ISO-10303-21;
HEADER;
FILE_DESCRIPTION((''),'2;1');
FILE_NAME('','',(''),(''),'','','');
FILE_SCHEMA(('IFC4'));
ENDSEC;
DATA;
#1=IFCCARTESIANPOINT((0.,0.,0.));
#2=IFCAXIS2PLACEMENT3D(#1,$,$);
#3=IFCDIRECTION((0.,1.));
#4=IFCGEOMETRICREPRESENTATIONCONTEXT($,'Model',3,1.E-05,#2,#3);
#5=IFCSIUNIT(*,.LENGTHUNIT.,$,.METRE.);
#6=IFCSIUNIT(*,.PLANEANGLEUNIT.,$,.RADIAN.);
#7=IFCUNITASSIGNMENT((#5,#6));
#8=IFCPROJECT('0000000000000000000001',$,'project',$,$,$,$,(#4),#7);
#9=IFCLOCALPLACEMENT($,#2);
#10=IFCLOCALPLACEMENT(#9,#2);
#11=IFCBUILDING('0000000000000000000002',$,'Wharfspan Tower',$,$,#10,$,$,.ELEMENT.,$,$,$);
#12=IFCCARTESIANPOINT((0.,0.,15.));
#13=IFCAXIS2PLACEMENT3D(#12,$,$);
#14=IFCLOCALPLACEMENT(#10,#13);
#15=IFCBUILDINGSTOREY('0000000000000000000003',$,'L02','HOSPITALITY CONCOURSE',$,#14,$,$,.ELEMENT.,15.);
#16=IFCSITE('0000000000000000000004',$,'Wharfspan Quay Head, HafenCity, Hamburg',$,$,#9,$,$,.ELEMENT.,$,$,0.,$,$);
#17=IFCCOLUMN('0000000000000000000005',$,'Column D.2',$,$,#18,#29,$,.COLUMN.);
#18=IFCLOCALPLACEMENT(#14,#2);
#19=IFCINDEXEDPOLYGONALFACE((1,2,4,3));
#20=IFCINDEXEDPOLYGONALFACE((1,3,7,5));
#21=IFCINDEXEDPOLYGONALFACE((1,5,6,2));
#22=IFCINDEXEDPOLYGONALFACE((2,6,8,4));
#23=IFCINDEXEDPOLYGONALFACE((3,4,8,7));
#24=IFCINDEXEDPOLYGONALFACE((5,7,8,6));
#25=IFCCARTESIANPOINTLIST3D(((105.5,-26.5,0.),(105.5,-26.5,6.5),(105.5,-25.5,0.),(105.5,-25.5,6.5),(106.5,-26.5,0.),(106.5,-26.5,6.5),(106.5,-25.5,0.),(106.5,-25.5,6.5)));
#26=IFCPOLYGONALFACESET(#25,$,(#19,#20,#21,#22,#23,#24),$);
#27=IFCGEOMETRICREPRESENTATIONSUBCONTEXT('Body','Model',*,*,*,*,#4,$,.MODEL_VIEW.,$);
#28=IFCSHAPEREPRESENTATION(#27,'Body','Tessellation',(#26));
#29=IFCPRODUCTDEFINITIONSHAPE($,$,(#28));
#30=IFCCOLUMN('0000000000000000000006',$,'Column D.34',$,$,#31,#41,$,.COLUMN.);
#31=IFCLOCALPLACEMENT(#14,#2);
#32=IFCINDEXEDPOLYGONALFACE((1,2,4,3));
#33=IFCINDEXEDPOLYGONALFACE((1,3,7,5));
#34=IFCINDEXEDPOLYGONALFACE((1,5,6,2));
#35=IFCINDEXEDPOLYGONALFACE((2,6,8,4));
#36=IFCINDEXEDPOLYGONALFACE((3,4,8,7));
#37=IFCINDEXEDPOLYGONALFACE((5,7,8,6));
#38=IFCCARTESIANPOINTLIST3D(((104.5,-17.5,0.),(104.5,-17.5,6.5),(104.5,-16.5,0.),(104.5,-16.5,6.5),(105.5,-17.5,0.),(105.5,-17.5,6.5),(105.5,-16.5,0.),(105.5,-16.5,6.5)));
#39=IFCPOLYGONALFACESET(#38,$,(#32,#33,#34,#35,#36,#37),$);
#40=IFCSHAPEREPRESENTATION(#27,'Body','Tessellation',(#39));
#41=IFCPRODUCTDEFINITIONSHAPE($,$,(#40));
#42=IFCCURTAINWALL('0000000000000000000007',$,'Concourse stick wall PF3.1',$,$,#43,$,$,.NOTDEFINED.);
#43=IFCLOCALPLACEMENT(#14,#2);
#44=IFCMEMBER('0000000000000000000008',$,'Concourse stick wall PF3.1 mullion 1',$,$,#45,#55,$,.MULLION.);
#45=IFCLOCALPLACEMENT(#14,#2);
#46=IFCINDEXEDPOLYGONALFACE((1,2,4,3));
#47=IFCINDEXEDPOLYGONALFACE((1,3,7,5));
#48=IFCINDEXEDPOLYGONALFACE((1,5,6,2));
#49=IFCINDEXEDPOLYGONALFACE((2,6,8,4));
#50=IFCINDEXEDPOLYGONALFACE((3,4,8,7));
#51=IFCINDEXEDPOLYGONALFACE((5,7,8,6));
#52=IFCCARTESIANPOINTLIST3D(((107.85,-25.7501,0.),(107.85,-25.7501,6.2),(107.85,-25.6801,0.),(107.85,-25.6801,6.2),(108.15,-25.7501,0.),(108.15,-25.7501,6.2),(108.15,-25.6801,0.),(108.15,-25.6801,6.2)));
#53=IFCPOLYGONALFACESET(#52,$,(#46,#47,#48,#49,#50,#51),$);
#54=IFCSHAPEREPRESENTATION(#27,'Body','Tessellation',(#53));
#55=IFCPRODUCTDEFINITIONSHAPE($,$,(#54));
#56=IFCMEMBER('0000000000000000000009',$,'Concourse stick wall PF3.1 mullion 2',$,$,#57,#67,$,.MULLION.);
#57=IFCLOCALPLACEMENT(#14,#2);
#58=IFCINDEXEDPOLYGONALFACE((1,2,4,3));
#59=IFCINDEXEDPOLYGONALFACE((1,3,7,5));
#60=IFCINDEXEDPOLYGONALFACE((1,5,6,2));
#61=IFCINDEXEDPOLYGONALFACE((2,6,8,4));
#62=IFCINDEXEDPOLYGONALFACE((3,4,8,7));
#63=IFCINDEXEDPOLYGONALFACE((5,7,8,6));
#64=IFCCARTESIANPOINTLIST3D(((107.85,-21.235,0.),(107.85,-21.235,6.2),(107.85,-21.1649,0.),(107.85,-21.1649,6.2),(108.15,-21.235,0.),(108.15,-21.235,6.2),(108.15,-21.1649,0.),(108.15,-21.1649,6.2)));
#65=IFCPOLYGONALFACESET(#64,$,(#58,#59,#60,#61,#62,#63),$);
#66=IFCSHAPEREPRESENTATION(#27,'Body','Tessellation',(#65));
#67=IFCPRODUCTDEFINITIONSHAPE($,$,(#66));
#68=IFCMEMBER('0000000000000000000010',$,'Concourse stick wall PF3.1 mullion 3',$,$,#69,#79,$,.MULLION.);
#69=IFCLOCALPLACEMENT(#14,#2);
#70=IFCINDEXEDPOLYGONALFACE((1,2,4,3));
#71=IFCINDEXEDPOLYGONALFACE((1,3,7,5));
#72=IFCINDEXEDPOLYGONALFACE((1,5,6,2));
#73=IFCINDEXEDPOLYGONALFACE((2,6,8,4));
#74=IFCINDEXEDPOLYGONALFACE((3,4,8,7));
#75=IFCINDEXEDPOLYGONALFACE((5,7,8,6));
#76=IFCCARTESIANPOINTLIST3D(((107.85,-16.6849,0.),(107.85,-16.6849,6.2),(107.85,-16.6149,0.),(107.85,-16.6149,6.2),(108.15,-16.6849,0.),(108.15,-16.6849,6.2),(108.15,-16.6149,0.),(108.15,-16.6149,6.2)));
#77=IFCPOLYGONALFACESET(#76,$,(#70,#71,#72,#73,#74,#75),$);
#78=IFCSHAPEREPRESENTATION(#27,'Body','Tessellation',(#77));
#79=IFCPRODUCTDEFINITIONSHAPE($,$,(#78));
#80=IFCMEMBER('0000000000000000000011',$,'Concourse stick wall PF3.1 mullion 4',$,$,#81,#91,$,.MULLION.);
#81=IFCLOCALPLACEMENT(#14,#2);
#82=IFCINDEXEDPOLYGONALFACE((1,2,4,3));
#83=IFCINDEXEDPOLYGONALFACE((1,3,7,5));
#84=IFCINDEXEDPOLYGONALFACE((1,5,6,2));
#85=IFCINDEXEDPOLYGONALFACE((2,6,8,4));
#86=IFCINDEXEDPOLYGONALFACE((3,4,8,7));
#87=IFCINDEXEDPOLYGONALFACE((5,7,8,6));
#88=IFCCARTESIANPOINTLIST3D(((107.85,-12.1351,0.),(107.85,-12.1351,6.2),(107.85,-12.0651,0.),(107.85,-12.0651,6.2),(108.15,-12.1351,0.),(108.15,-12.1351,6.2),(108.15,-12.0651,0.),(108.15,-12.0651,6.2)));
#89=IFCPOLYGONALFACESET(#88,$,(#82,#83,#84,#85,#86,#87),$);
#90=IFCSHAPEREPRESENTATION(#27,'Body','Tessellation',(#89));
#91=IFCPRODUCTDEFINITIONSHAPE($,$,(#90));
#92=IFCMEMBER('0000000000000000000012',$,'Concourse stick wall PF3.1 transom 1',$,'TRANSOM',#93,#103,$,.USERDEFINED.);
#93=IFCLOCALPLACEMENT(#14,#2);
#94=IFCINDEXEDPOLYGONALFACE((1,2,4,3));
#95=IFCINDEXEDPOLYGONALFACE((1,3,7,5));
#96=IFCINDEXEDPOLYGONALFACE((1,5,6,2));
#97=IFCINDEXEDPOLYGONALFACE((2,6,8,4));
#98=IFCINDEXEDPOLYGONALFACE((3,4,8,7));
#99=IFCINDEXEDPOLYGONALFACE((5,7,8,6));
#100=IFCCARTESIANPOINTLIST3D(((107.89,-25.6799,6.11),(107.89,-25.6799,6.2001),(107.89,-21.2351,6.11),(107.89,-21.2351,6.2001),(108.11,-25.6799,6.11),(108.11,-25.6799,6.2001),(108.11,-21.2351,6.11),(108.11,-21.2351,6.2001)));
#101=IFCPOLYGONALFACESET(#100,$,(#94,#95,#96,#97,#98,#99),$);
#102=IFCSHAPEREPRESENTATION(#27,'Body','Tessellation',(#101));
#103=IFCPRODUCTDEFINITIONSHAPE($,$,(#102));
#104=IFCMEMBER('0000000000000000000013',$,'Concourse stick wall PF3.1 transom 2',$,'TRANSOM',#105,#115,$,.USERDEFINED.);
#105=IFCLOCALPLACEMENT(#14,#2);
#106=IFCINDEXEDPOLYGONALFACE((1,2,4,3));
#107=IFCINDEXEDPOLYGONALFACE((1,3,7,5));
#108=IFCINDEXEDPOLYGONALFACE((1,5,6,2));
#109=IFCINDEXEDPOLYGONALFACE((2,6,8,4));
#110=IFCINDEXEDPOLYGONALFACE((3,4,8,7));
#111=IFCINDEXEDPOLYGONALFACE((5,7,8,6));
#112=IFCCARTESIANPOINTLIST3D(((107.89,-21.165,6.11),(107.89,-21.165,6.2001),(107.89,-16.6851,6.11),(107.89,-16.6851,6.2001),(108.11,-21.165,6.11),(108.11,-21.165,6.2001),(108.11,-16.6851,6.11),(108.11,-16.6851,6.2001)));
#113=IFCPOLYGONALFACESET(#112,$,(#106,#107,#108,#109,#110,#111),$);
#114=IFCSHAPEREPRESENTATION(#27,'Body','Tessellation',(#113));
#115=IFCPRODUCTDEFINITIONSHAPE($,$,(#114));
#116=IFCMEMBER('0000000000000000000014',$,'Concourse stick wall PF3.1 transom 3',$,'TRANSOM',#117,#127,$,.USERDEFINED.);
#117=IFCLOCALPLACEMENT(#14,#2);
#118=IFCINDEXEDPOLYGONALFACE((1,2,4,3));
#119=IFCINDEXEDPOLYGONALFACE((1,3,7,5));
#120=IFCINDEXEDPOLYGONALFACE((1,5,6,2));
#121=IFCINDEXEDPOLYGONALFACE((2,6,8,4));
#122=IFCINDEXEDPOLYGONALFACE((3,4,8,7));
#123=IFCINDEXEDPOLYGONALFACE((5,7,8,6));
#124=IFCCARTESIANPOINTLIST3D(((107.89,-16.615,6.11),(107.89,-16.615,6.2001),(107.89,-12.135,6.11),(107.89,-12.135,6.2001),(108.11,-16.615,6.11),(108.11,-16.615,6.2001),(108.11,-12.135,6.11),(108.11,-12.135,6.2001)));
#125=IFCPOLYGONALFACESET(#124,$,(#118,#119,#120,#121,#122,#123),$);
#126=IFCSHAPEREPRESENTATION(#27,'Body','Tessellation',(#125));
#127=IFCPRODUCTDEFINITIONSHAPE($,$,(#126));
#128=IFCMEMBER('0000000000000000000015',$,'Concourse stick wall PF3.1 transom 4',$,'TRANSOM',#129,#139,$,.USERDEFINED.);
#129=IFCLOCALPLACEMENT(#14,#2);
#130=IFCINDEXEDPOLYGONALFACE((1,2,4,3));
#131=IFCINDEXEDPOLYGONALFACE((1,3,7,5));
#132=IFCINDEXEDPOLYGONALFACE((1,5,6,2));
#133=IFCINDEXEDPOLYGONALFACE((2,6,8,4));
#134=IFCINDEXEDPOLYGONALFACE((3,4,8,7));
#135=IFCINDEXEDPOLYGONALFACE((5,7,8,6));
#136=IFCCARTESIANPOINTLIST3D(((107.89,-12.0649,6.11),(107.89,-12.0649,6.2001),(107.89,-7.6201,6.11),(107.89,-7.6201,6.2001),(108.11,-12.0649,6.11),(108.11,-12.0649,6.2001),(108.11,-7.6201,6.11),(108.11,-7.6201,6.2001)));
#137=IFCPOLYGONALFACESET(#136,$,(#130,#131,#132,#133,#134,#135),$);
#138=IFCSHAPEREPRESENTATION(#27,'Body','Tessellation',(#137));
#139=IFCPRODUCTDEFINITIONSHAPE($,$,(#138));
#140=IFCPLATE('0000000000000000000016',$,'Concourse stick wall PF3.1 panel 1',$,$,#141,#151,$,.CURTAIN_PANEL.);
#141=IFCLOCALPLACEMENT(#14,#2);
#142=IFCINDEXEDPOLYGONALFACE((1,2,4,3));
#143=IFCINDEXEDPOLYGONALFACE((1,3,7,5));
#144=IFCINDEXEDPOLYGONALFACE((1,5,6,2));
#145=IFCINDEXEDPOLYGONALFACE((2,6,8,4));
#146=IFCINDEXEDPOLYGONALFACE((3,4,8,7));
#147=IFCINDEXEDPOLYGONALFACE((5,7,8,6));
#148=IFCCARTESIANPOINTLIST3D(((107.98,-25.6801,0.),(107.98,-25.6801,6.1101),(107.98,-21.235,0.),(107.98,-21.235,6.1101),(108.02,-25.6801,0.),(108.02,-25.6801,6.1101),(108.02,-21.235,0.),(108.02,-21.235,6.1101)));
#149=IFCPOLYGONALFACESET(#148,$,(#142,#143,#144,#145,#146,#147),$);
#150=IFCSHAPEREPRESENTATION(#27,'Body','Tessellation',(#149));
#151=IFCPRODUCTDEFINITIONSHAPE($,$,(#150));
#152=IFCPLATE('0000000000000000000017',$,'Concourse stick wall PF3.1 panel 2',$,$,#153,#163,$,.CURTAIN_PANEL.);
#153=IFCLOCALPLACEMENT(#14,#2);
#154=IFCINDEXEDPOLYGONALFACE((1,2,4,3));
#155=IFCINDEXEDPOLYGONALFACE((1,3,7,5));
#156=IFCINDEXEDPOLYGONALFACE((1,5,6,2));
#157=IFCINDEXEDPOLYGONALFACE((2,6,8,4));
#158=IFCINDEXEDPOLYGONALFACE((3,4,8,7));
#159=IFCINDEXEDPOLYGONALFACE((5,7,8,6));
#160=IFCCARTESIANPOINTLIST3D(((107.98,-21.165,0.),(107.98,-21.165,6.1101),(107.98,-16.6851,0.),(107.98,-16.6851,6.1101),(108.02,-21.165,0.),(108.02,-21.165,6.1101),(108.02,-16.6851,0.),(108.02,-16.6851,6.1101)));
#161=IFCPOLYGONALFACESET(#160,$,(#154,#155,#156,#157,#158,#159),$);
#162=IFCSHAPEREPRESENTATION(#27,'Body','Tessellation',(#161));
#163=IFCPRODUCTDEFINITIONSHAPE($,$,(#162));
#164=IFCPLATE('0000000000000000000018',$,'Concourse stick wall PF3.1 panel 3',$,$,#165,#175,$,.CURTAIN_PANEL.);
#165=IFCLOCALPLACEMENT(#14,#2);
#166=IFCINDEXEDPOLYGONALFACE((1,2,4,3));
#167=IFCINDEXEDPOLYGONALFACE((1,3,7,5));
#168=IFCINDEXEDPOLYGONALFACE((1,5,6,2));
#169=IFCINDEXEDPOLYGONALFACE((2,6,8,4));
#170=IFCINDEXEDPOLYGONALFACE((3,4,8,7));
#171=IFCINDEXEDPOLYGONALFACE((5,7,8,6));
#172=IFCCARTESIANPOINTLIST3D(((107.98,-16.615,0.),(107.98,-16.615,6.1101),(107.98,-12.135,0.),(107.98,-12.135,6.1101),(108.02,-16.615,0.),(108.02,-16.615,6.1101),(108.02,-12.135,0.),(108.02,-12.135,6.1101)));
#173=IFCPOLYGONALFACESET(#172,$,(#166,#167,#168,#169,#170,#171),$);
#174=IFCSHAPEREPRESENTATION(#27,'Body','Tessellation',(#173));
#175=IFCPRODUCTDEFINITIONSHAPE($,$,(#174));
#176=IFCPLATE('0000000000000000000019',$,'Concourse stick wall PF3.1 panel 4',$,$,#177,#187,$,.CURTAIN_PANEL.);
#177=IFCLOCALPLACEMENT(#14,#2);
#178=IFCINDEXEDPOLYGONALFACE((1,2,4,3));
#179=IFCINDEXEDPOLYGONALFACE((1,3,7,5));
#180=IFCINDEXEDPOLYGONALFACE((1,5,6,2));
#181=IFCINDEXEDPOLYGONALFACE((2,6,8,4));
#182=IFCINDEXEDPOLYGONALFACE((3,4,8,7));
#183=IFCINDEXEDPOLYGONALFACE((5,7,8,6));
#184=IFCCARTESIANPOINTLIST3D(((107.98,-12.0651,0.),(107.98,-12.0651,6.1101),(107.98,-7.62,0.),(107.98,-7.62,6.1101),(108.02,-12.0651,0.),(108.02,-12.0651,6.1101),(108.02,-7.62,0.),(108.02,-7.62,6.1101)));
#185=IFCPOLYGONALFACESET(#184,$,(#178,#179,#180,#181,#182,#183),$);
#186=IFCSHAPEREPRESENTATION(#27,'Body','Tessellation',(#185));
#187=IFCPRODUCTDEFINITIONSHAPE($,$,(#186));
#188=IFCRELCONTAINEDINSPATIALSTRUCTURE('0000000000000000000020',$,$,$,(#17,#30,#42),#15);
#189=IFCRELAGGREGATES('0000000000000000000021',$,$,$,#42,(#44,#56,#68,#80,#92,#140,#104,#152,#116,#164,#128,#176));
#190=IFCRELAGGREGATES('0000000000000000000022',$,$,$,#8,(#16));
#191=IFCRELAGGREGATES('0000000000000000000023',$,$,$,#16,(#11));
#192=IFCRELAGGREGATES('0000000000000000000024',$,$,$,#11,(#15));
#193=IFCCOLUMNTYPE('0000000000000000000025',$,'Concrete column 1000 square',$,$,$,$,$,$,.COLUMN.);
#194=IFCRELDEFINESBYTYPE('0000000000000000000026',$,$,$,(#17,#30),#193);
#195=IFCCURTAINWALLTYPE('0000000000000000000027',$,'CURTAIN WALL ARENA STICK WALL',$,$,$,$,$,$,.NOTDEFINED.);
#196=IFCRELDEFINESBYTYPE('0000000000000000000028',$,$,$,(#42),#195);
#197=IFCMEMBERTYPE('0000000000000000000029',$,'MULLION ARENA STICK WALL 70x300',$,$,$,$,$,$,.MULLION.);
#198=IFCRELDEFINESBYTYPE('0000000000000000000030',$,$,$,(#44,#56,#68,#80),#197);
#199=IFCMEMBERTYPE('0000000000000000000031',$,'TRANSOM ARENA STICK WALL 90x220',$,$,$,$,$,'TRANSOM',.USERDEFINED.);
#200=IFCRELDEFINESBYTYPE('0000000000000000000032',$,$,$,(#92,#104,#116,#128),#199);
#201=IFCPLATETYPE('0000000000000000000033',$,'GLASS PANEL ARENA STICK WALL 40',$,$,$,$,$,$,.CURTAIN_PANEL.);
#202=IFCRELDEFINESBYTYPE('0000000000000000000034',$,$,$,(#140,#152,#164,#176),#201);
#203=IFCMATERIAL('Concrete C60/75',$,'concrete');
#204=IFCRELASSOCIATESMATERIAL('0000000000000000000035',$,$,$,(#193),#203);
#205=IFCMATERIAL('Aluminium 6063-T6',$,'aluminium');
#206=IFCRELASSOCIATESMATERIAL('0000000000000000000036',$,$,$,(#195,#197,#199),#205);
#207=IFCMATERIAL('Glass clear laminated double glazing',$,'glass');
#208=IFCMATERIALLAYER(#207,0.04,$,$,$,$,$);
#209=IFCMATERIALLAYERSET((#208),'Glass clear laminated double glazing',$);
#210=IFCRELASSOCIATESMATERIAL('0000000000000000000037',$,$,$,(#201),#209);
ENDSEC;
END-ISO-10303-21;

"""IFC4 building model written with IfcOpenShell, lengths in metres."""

from ifc_helpers import new_model, si_unit, direction, frame, origin, origin_2d, place, context, subcontext, project, spatial, rectangle, extrude, material, layer, layer_set, material_profile, profile_set, type_object, element, aggregate, save


model = new_model("IFC4")

# Units and contexts
model_context = context("Model", 3, precision=1e-05, world=origin(), true_north=direction((0.0, 1.0)))
body_context = subcontext(model_context, "Body", "Model", "MODEL_VIEW")
ifc_project = project(units=[si_unit("LENGTHUNIT", "METRE"), si_unit("PLANEANGLEUNIT", "RADIAN")], contexts=[model_context])

# Site, building, storey
site_placement = place(None, origin())
site = spatial("IfcSite", under=ifc_project, at=site_placement, Name="Wharfspan Quay Head, HafenCity, Hamburg", CompositionType="ELEMENT", RefElevation=0.0)
building_placement = place(site_placement, origin())
building = spatial("IfcBuilding", under=site, at=building_placement, Name="Wharfspan Tower", CompositionType="ELEMENT")
storey_placement = place(building_placement, frame((0.0, 0.0, 15.0)))
storey = spatial("IfcBuildingStorey", under=building, at=storey_placement, Name="L02", Description="HOSPITALITY CONCOURSE", CompositionType="ELEMENT", Elevation=15.0)

# Columns
ifc_material_1 = material(Name="Concrete C60/75", Category="concrete")
ifc_material_profile_1 = material_profile(ifc_material_1, rectangle(XDim=1.0, YDim=1.0, at=origin_2d()))
ifc_profile_set_1 = profile_set([ifc_material_profile_1], Name="Concrete C60/75")
column_type = type_object("IfcColumnType", Name="Concrete column 1000 square", PredefinedType="COLUMN", material=ifc_profile_set_1)
for number, where, z_axis, x_axis, name in (
    (1, (106.0, -26.0, 0.0), (0.0, 0.0, 1.0), (1.0, 0.0, 0.0), "Column D.2"),
    (2, (105.0, -17.0, 0.0), (0.0, 0.0, 1.0), (1.0, 0.0, 0.0), "Column D.34"),
):
    element("IfcColumn", number, at=place(storey_placement, frame(where, z_axis=z_axis, x_axis=x_axis)), inside=storey, type_object=column_type, Name=name, PredefinedType="COLUMN", context=body_context, shape_type="SweptSolid", body=[
        extrude(rectangle(XDim=1.0, YDim=1.0, at=origin_2d()), origin(), (0.0, 0.0, 1.0), 6.5),
    ])

# Curtain wall, members, plates
ifc_material_2 = material(Name="Aluminium 6063-T6", Category="aluminium")
curtain_wall_type = type_object("IfcCurtainWallType", Name="CURTAIN WALL ARENA STICK WALL", PredefinedType="NOTDEFINED", material=ifc_material_2)
curtain_wall_placement = place(storey_placement, origin())
curtain_wall = element("IfcCurtainWall", 3, at=curtain_wall_placement, inside=storey, type_object=curtain_wall_type, Name="Concourse stick wall PF3.1", PredefinedType="NOTDEFINED")
ifc_material_profile_2 = material_profile(ifc_material_2, rectangle(XDim=0.3, YDim=0.0701, at=origin_2d()))
ifc_profile_set_2 = profile_set([ifc_material_profile_2], Name="Aluminium 6063-T6")
member_type_1 = type_object("IfcMemberType", Name="MULLION ARENA STICK WALL 70x300", PredefinedType="MULLION", material=ifc_profile_set_2)
member_1_placement = place(storey_placement, frame((108.0, -25.7151, 0.0), z_axis=(0.0, 0.0, 1.0), x_axis=(-1.0, 0.0, 0.0)))
member_1 = element("IfcMember", 4, at=member_1_placement, type_object=member_type_1, Name="Concourse stick wall PF3.1 mullion 1", PredefinedType="MULLION", context=body_context, shape_type="SweptSolid", body=[
    extrude(rectangle(XDim=0.3, YDim=0.0701, at=origin_2d()), origin(), (0.0, 0.0, 1.0), 6.2),
])
member_2_placement = place(storey_placement, frame((108.0, -21.2, 0.0), z_axis=(0.0, 0.0, 1.0), x_axis=(-1.0, 0.0, 0.0)))
member_2 = element("IfcMember", 5, at=member_2_placement, type_object=member_type_1, Name="Concourse stick wall PF3.1 mullion 2", PredefinedType="MULLION", context=body_context, shape_type="SweptSolid", body=[
    extrude(rectangle(XDim=0.3, YDim=0.0701, at=origin_2d()), origin(), (0.0, 0.0, 1.0), 6.2),
])
member_3_placement = place(storey_placement, frame((108.0, -16.6499, 0.0), z_axis=(0.0, 0.0, 1.0), x_axis=(-1.0, 0.0, 0.0)))
member_3 = element("IfcMember", 6, at=member_3_placement, type_object=member_type_1, Name="Concourse stick wall PF3.1 mullion 3", PredefinedType="MULLION", context=body_context, shape_type="SweptSolid", body=[
    extrude(rectangle(XDim=0.3, YDim=0.0701, at=origin_2d()), origin(), (0.0, 0.0, 1.0), 6.2),
])
member_4_placement = place(storey_placement, frame((108.0, -12.1001, 0.0), z_axis=(0.0, 0.0, 1.0), x_axis=(-1.0, 0.0, 0.0)))
member_4 = element("IfcMember", 7, at=member_4_placement, type_object=member_type_1, Name="Concourse stick wall PF3.1 mullion 4", PredefinedType="MULLION", context=body_context, shape_type="SweptSolid", body=[
    extrude(rectangle(XDim=0.3, YDim=0.0701, at=origin_2d()), origin(), (0.0, 0.0, 1.0), 6.2),
])
ifc_material_profile_3 = material_profile(ifc_material_2, rectangle(XDim=0.22, YDim=0.0901, at=origin_2d()))
ifc_profile_set_3 = profile_set([ifc_material_profile_3], Name="Aluminium 6063-T6")
member_type_2 = type_object("IfcMemberType", Name="TRANSOM ARENA STICK WALL 90x220", ElementType="TRANSOM", PredefinedType="USERDEFINED", material=ifc_profile_set_3)
member_5_placement = place(storey_placement, frame((108.0, -25.6799, 6.155), z_axis=(0.0, 1.0, 0.0), x_axis=(-1.0, 0.0, 0.0)))
member_5 = element("IfcMember", 8, at=member_5_placement, type_object=member_type_2, Name="Concourse stick wall PF3.1 transom 1", ObjectType="TRANSOM", PredefinedType="USERDEFINED", context=body_context, shape_type="SweptSolid", body=[
    extrude(rectangle(XDim=0.22, YDim=0.0901, at=origin_2d()), origin(), (0.0, 0.0, 1.0), 4.4448),
])
member_6_placement = place(storey_placement, frame((108.0, -21.165, 6.155), z_axis=(0.0, 1.0, 0.0), x_axis=(-1.0, 0.0, 0.0)))
member_6 = element("IfcMember", 9, at=member_6_placement, type_object=member_type_2, Name="Concourse stick wall PF3.1 transom 2", ObjectType="TRANSOM", PredefinedType="USERDEFINED", context=body_context, shape_type="SweptSolid", body=[
    extrude(rectangle(XDim=0.22, YDim=0.0901, at=origin_2d()), origin(), (0.0, 0.0, 1.0), 4.48),
])
member_7_placement = place(storey_placement, frame((108.0, -16.615, 6.155), z_axis=(0.0, 1.0, 0.0), x_axis=(-1.0, 0.0, 0.0)))
member_7 = element("IfcMember", 10, at=member_7_placement, type_object=member_type_2, Name="Concourse stick wall PF3.1 transom 3", ObjectType="TRANSOM", PredefinedType="USERDEFINED", context=body_context, shape_type="SweptSolid", body=[
    extrude(rectangle(XDim=0.22, YDim=0.0901, at=origin_2d()), origin(), (0.0, 0.0, 1.0), 4.48),
])
member_8_placement = place(storey_placement, frame((108.0, -12.0649, 6.155), z_axis=(0.0, 1.0, 0.0), x_axis=(-1.0, 0.0, 0.0)))
member_8 = element("IfcMember", 11, at=member_8_placement, type_object=member_type_2, Name="Concourse stick wall PF3.1 transom 4", ObjectType="TRANSOM", PredefinedType="USERDEFINED", context=body_context, shape_type="SweptSolid", body=[
    extrude(rectangle(XDim=0.22, YDim=0.0901, at=origin_2d()), origin(), (0.0, 0.0, 1.0), 4.4448),
])
ifc_material_3 = material(Name="Glass clear laminated double glazing", Category="glass")
ifc_layer_1 = layer(ifc_material_3, 0.04)
ifc_layer_set_1 = layer_set([ifc_layer_1], Name="Glass clear laminated double glazing")
plate_type = type_object("IfcPlateType", Name="GLASS PANEL ARENA STICK WALL 40", PredefinedType="CURTAIN_PANEL", material=ifc_layer_set_1)
plate_1_placement = place(storey_placement, frame((108.0, -23.4575, 0.0), z_axis=(0.0, 0.0, 1.0), x_axis=(0.0, 1.0, 0.0)))
plate_1 = element("IfcPlate", 12, at=plate_1_placement, type_object=plate_type, Name="Concourse stick wall PF3.1 panel 1", PredefinedType="CURTAIN_PANEL", context=body_context, shape_type="SweptSolid", body=[
    extrude(rectangle(XDim=4.4451, YDim=0.04, at=origin_2d()), origin(), (0.0, 0.0, 1.0), 6.1101),
])
plate_2_placement = place(storey_placement, frame((108.0, -18.925, 0.0), z_axis=(0.0, 0.0, 1.0), x_axis=(0.0, 1.0, 0.0)))
plate_2 = element("IfcPlate", 13, at=plate_2_placement, type_object=plate_type, Name="Concourse stick wall PF3.1 panel 2", PredefinedType="CURTAIN_PANEL", context=body_context, shape_type="SweptSolid", body=[
    extrude(rectangle(XDim=4.48, YDim=0.04, at=origin_2d()), origin(), (0.0, 0.0, 1.0), 6.1101),
])
plate_3_placement = place(storey_placement, frame((108.0, -14.375, 0.0), z_axis=(0.0, 0.0, 1.0), x_axis=(0.0, 1.0, 0.0)))
plate_3 = element("IfcPlate", 14, at=plate_3_placement, type_object=plate_type, Name="Concourse stick wall PF3.1 panel 3", PredefinedType="CURTAIN_PANEL", context=body_context, shape_type="SweptSolid", body=[
    extrude(rectangle(XDim=4.48, YDim=0.04, at=origin_2d()), origin(), (0.0, 0.0, 1.0), 6.1101),
])
plate_4_placement = place(storey_placement, frame((108.0, -9.8425, 0.0), z_axis=(0.0, 0.0, 1.0), x_axis=(0.0, 1.0, 0.0)))
plate_4 = element("IfcPlate", 15, at=plate_4_placement, type_object=plate_type, Name="Concourse stick wall PF3.1 panel 4", PredefinedType="CURTAIN_PANEL", context=body_context, shape_type="SweptSolid", body=[
    extrude(rectangle(XDim=4.4451, YDim=0.04, at=origin_2d()), origin(), (0.0, 0.0, 1.0), 6.1101),
])
aggregate(curtain_wall, [member_1, member_2, member_3, member_4, member_5, plate_1, member_6, plate_2, member_7, plate_3, member_8, plate_4])

save(model, "model.ifc")
